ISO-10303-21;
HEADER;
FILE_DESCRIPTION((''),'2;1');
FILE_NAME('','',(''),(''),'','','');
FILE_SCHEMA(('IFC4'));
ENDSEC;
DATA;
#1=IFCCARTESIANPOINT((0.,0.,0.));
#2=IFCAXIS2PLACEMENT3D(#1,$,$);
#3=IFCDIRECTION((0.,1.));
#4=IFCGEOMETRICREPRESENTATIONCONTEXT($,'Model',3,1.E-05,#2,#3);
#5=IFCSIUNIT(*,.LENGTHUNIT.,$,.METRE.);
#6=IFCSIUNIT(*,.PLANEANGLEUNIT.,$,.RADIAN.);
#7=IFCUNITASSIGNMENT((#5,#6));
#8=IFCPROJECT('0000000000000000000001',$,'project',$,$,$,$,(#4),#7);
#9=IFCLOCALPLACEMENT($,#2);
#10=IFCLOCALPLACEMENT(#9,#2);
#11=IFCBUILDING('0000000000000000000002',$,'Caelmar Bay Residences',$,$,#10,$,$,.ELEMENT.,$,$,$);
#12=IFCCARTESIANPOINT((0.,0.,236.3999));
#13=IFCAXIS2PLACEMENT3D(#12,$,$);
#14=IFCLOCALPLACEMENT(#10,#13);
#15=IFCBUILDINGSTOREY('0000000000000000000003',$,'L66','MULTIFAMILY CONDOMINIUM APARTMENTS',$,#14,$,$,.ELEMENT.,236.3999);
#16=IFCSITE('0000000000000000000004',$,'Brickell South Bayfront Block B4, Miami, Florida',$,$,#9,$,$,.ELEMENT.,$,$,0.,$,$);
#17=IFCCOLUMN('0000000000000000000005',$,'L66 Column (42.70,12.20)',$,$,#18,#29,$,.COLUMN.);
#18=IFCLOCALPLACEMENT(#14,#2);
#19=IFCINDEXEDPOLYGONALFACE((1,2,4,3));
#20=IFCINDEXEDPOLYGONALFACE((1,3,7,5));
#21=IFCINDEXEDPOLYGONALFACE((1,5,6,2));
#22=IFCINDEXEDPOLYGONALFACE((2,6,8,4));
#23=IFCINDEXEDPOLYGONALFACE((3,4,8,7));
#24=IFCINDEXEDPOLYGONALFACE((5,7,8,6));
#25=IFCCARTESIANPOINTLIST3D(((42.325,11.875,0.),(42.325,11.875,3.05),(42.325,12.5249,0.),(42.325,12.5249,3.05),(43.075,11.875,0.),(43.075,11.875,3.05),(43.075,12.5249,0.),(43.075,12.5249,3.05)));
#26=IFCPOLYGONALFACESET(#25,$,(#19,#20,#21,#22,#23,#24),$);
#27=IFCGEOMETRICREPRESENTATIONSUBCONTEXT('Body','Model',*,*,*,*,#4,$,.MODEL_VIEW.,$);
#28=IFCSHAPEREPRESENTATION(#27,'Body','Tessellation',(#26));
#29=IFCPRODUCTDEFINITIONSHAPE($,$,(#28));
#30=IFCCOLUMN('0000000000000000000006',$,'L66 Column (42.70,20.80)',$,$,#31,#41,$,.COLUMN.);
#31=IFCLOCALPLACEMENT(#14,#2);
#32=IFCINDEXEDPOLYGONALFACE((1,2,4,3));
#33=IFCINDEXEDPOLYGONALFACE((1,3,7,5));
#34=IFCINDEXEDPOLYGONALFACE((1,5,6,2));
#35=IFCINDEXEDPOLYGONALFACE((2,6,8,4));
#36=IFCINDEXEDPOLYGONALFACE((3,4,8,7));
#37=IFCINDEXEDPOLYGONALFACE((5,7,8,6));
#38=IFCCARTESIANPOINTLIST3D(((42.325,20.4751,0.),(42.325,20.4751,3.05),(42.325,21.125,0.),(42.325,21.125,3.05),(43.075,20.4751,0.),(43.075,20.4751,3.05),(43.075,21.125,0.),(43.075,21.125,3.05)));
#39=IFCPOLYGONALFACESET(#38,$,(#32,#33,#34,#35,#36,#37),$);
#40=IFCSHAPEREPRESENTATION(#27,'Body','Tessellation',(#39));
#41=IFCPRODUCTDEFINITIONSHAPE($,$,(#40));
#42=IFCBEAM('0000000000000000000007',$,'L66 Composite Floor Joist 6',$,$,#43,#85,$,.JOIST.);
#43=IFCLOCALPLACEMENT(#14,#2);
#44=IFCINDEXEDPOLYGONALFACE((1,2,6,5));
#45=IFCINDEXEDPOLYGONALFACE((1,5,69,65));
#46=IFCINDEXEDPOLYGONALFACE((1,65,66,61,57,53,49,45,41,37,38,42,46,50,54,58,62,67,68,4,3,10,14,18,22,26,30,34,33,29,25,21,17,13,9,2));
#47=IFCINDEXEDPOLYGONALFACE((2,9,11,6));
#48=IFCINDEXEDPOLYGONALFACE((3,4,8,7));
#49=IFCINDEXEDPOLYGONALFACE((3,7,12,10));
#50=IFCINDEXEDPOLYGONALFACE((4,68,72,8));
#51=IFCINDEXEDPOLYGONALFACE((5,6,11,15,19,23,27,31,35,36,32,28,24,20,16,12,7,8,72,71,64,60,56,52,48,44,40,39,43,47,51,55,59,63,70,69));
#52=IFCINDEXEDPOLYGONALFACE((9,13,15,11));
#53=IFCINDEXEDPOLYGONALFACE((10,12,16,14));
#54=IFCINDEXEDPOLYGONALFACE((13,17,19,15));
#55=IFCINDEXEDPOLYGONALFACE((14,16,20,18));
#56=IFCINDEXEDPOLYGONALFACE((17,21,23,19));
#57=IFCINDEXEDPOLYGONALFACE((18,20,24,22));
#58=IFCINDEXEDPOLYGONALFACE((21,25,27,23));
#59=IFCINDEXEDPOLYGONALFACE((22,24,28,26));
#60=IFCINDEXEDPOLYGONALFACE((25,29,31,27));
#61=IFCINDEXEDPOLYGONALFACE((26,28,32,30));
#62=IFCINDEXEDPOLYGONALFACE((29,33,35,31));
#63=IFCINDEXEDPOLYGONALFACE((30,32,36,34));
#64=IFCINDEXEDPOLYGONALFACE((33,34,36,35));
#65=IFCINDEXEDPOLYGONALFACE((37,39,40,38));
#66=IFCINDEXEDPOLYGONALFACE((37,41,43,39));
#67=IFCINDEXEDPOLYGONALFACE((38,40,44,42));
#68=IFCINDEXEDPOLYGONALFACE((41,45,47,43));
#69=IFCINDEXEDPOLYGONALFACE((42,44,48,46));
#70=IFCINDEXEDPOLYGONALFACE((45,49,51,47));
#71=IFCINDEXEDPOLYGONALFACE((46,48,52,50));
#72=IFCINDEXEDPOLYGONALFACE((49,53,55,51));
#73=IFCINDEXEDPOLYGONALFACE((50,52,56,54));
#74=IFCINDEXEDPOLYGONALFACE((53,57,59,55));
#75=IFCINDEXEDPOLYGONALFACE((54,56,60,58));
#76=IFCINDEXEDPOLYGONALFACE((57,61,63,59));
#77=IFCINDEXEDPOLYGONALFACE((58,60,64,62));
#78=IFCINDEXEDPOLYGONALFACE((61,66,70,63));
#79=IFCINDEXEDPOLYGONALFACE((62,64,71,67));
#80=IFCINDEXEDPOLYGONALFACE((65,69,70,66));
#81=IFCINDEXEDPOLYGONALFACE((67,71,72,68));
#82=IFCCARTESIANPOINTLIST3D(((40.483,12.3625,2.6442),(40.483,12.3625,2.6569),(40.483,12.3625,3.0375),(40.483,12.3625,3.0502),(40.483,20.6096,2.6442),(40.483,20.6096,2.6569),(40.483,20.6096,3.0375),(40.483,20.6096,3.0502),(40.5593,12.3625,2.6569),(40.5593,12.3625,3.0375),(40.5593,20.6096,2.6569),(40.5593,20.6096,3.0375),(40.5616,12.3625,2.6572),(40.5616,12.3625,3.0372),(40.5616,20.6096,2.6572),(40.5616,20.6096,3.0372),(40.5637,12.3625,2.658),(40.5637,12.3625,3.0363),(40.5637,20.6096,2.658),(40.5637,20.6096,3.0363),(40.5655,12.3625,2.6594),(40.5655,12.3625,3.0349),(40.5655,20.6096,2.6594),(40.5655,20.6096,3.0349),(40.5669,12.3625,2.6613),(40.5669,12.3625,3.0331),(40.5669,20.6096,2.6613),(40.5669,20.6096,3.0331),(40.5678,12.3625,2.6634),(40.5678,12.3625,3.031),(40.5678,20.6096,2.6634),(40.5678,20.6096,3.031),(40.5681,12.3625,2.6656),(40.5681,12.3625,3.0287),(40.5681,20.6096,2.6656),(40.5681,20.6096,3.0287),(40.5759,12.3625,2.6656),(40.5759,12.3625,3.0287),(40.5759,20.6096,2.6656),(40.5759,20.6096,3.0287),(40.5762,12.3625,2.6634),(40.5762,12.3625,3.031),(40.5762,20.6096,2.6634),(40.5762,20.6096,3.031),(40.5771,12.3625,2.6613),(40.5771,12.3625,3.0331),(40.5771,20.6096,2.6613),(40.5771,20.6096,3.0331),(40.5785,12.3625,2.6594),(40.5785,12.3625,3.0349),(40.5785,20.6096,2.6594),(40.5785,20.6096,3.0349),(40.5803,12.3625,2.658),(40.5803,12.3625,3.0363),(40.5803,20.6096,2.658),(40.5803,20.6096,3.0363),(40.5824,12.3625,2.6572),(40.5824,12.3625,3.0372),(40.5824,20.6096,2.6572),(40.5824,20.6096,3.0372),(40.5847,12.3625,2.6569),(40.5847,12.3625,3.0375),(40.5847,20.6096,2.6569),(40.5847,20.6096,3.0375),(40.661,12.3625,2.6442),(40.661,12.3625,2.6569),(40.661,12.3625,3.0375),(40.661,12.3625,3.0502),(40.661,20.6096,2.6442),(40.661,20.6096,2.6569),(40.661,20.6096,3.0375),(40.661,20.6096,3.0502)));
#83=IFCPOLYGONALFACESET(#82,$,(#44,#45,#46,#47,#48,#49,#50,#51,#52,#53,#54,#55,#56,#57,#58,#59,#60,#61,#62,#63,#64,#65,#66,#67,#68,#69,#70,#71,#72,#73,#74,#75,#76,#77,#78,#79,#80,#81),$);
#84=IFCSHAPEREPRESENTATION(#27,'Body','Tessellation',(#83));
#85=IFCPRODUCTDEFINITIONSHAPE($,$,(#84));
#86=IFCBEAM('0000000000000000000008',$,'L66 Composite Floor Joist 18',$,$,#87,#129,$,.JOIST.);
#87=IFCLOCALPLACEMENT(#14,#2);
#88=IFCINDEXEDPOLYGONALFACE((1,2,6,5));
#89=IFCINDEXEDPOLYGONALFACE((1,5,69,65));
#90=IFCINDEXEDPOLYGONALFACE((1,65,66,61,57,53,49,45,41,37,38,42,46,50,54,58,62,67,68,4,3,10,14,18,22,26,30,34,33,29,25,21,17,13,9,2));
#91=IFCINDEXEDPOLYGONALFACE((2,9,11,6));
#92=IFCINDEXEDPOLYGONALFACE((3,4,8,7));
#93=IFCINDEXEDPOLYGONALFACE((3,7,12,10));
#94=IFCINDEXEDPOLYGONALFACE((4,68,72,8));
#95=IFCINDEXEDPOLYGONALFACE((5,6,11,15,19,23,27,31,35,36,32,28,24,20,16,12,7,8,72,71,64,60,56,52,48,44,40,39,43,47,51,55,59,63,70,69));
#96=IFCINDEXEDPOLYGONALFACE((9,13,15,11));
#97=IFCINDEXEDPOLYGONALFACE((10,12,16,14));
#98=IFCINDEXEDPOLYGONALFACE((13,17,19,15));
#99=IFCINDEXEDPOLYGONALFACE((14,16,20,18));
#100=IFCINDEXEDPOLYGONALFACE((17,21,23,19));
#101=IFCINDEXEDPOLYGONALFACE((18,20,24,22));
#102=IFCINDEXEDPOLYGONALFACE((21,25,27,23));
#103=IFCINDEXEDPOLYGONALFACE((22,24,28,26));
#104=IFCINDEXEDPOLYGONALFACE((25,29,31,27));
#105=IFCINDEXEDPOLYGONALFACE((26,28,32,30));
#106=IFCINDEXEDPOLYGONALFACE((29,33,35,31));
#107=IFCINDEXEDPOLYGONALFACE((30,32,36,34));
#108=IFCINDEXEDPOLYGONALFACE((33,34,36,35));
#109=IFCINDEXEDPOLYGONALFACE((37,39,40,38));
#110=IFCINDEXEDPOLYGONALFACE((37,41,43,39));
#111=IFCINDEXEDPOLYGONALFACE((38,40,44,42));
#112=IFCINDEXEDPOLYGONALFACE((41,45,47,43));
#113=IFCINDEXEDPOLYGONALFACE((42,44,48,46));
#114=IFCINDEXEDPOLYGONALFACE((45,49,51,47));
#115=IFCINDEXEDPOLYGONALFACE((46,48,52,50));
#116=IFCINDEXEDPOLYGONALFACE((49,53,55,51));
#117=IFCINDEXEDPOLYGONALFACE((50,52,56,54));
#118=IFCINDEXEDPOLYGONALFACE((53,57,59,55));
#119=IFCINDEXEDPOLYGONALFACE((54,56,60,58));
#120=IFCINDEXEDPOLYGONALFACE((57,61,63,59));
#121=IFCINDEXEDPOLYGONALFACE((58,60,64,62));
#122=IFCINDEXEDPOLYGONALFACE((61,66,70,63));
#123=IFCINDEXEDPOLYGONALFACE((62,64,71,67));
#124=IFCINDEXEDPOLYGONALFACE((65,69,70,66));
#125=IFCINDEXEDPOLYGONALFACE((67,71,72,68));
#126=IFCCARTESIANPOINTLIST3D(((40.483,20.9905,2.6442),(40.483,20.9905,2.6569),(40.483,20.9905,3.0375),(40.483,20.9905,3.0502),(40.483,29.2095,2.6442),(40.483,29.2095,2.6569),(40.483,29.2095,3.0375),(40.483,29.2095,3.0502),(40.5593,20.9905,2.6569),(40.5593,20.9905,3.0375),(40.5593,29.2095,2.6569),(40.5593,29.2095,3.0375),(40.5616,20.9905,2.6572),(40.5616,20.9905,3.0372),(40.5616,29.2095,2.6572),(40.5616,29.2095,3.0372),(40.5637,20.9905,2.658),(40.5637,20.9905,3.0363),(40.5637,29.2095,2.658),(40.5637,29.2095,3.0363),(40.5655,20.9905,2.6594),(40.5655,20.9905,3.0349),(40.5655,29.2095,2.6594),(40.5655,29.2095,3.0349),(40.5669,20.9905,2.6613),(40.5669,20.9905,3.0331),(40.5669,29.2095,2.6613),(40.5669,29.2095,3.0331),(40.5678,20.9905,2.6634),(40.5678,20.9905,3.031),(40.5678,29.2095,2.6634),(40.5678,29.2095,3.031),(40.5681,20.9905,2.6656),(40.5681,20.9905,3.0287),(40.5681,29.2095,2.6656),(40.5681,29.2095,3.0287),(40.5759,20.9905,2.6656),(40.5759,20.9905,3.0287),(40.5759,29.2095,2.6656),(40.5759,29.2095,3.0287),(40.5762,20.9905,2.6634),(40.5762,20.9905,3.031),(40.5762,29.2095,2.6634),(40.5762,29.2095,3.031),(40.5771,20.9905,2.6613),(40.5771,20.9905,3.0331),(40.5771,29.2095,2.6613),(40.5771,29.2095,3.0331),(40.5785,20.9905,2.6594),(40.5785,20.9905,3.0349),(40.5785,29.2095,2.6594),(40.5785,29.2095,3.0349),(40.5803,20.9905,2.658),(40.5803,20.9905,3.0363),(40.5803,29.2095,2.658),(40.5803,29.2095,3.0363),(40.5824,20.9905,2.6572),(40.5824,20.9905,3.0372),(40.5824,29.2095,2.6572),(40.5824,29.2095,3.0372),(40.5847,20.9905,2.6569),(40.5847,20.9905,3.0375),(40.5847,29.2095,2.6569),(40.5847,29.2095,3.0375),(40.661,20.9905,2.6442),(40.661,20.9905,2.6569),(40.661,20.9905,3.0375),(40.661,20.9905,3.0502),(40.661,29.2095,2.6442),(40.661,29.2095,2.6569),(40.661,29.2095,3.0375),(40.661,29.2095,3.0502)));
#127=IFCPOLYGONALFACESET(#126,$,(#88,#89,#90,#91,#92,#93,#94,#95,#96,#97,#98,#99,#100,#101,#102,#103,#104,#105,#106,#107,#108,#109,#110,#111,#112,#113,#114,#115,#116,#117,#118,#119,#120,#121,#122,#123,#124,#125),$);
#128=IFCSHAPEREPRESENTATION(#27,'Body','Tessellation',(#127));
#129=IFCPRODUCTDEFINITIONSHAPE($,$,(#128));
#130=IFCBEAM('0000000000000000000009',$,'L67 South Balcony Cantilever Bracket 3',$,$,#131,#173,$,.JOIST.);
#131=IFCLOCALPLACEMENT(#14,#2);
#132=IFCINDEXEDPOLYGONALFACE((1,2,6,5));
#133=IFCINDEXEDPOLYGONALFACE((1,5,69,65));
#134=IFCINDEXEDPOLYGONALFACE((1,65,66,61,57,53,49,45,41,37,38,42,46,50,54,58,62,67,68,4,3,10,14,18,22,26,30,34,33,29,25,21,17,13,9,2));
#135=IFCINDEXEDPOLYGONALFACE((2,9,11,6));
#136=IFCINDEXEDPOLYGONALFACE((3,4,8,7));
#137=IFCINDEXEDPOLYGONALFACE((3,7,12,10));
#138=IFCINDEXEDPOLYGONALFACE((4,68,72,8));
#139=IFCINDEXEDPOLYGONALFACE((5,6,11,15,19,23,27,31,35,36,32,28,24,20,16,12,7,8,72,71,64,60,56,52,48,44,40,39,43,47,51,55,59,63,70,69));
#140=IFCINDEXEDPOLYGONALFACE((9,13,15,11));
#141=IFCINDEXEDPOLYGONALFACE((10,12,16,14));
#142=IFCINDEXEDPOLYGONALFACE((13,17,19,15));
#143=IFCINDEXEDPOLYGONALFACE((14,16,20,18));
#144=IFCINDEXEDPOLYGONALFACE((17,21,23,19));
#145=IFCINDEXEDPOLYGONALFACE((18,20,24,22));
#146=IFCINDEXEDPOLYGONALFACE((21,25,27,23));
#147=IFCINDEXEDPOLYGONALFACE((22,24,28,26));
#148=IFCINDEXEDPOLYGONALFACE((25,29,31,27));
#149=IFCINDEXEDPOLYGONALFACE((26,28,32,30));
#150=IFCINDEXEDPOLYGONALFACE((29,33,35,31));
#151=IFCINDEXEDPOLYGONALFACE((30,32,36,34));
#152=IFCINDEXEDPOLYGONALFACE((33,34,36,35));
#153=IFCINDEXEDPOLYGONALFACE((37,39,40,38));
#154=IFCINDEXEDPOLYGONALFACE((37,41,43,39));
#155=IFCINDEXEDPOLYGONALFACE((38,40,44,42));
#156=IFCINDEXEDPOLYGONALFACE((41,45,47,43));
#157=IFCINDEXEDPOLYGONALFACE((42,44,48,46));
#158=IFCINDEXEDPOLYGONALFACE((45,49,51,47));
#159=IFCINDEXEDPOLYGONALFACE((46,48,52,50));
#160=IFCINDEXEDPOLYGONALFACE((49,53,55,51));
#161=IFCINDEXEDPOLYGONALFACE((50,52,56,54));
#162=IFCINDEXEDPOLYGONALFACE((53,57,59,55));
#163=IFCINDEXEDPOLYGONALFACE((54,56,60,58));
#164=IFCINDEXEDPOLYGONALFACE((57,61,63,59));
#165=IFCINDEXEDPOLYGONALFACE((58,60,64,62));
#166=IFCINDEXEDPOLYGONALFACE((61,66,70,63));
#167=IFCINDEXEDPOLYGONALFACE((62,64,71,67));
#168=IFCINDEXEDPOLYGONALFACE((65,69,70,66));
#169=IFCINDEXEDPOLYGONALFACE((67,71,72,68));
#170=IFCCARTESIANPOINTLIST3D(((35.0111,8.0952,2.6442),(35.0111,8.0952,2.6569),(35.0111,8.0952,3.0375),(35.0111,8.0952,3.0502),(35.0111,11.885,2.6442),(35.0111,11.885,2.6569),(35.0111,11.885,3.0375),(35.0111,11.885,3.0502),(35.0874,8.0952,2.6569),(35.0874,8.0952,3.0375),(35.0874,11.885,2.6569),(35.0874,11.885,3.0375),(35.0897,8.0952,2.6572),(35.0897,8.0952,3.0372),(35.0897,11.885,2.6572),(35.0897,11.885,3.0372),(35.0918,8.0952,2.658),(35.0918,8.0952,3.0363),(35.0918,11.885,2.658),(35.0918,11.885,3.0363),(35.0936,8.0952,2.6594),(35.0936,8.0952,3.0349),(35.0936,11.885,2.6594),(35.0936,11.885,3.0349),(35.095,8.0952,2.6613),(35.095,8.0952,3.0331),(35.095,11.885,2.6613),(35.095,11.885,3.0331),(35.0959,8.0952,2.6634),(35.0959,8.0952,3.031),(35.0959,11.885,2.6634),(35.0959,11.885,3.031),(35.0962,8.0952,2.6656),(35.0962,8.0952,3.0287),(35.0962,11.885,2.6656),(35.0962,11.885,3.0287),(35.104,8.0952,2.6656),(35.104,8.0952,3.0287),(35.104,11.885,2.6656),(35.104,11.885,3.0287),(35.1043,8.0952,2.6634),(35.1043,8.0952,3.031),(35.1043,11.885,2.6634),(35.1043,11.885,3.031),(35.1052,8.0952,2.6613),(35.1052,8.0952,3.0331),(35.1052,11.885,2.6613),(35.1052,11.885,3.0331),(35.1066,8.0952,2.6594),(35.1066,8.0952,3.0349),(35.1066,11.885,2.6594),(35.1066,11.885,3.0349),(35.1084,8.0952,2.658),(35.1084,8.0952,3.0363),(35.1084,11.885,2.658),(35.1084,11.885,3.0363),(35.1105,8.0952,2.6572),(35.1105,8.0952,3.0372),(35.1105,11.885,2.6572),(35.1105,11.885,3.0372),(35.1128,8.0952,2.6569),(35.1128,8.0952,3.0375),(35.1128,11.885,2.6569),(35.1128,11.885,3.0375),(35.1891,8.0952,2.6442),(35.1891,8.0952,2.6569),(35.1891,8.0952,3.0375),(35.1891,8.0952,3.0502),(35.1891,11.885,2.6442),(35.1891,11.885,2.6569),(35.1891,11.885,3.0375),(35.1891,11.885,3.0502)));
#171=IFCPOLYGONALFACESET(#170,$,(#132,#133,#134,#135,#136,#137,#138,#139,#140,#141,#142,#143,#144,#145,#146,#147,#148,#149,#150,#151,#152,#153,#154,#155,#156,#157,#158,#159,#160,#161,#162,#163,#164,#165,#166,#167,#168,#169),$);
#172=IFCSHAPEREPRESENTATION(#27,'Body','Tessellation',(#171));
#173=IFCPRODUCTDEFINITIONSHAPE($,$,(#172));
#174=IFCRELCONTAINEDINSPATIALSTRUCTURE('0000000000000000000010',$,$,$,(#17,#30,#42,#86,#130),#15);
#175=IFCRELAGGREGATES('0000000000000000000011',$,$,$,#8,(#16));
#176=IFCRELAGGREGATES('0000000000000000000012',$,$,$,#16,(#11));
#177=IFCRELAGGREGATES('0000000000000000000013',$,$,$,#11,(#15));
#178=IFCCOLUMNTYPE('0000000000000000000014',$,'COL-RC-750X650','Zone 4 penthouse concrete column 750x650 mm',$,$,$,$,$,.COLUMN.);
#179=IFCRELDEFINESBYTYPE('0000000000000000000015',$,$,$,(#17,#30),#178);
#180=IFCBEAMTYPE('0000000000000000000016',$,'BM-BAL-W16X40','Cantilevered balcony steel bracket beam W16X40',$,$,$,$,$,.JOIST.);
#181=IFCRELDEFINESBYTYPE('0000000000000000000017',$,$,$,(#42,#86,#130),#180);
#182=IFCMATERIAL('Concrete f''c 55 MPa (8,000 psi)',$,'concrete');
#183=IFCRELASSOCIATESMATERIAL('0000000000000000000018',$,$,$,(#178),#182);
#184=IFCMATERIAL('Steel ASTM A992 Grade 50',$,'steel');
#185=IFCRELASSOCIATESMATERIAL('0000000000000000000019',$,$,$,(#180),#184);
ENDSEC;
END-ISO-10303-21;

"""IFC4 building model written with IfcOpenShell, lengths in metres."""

from ifc_helpers import new_model, si_unit, direction, frame, origin, origin_2d, place, context, subcontext, project, spatial, rectangle, i_section, extrude, material, material_profile, profile_set, type_object, element, save


model = new_model("IFC4")

# Units and contexts
model_context = context("Model", 3, precision=1e-05, world=origin(), true_north=direction((0.0, 1.0)))
body_context = subcontext(model_context, "Body", "Model", "MODEL_VIEW")
ifc_project = project(units=[si_unit("LENGTHUNIT", "METRE"), si_unit("PLANEANGLEUNIT", "RADIAN")], contexts=[model_context])

# Site, building, storey
site_placement = place(None, origin())
site = spatial("IfcSite", under=ifc_project, at=site_placement, Name="Brickell South Bayfront Block B4, Miami, Florida", CompositionType="ELEMENT", RefElevation=0.0)
building_placement = place(site_placement, origin())
building = spatial("IfcBuilding", under=site, at=building_placement, Name="Caelmar Bay Residences", CompositionType="ELEMENT")
storey_placement = place(building_placement, frame((0.0, 0.0, 236.3999)))
storey = spatial("IfcBuildingStorey", under=building, at=storey_placement, Name="L66", Description="MULTIFAMILY CONDOMINIUM APARTMENTS", CompositionType="ELEMENT", Elevation=236.3999)

# Columns
ifc_material_1 = material(Name="Concrete f'c 55 MPa (8,000 psi)", Category="concrete")
ifc_material_profile_1 = material_profile(ifc_material_1, rectangle(XDim=0.75, YDim=0.6499, at=origin_2d()), Name="RC-COL-750X650")
ifc_profile_set_1 = profile_set([ifc_material_profile_1], Name="Concrete f'c 55 MPa (8,000 psi)")
column_type = type_object("IfcColumnType", Name="COL-RC-750X650", Description="Zone 4 penthouse concrete column 750x650 mm", PredefinedType="COLUMN", material=ifc_profile_set_1)
for number, where, z_axis, x_axis, name in (
    (1, (42.7, 12.2, 0.0), (0.0, 0.0, 1.0), (1.0, 0.0, 0.0), "L66 Column (42.70,12.20)"),
    (2, (42.7, 20.8, 0.0), (0.0, 0.0, 1.0), (1.0, 0.0, 0.0), "L66 Column (42.70,20.80)"),
):
    element("IfcColumn", number, at=place(storey_placement, frame(where, z_axis=z_axis, x_axis=x_axis)), inside=storey, type_object=column_type, Name=name, PredefinedType="COLUMN", context=body_context, shape_type="SweptSolid", body=[
        extrude(rectangle(XDim=0.75, YDim=0.6499, at=origin_2d()), origin(), (0.0, 0.0, 1.0), 3.05),
    ])

# Beams
ifc_material_2 = material(Name="Steel ASTM A992 Grade 50", Category="steel")
ifc_material_profile_2 = material_profile(ifc_material_2, i_section(OverallWidth=0.178, OverallDepth=0.406, WebThickness=0.0078, FlangeThickness=0.0127, FilletRadius=0.0088, at=origin_2d()), Name="W16X40")
ifc_profile_set_2 = profile_set([ifc_material_profile_2], Name="Steel ASTM A992 Grade 50")
beam_type_1 = type_object("IfcBeamType", Name="BM-BAL-W16X40", Description="Cantilevered balcony steel bracket beam W16X40", PredefinedType="JOIST", material=ifc_profile_set_2)
beam_1_placement = place(storey_placement, frame((40.572, 12.3625, 2.8472), z_axis=(0.0, 1.0, 0.0), x_axis=(-1.0, 0.0, 0.0)))
element("IfcBeam", 3, at=beam_1_placement, inside=storey, type_object=beam_type_1, Name="L66 Composite Floor Joist 6", PredefinedType="JOIST", context=body_context, shape_type="SweptSolid", body=[
    extrude(i_section(OverallWidth=0.178, OverallDepth=0.406, WebThickness=0.0078, FlangeThickness=0.0127, FilletRadius=0.0088, at=origin_2d()), origin(), (0.0, 0.0, 1.0), 8.2471),
])
beam_2_placement = place(storey_placement, frame((40.572, 20.9905, 2.8472), z_axis=(0.0, 1.0, 0.0), x_axis=(-1.0, 0.0, 0.0)))
element("IfcBeam", 4, at=beam_2_placement, inside=storey, type_object=beam_type_1, Name="L66 Composite Floor Joist 18", PredefinedType="JOIST", context=body_context, shape_type="SweptSolid", body=[
    extrude(i_section(OverallWidth=0.178, OverallDepth=0.406, WebThickness=0.0078, FlangeThickness=0.0127, FilletRadius=0.0088, at=origin_2d()), origin(), (0.0, 0.0, 1.0), 8.219),
])
beam_3_placement = place(storey_placement, frame((35.1001, 11.885, 2.8472), z_axis=(0.0, -1.0, 0.0), x_axis=(1.0, 0.0, 0.0)))
element("IfcBeam", 5, at=beam_3_placement, inside=storey, type_object=beam_type_1, Name="L67 South Balcony Cantilever Bracket 3", PredefinedType="JOIST", context=body_context, shape_type="SweptSolid", body=[
    extrude(i_section(OverallWidth=0.178, OverallDepth=0.406, WebThickness=0.0078, FlangeThickness=0.0127, FilletRadius=0.0088, at=origin_2d()), origin(), (0.0, 0.0, 1.0), 3.7898),
])

save(model, "model.ifc")
